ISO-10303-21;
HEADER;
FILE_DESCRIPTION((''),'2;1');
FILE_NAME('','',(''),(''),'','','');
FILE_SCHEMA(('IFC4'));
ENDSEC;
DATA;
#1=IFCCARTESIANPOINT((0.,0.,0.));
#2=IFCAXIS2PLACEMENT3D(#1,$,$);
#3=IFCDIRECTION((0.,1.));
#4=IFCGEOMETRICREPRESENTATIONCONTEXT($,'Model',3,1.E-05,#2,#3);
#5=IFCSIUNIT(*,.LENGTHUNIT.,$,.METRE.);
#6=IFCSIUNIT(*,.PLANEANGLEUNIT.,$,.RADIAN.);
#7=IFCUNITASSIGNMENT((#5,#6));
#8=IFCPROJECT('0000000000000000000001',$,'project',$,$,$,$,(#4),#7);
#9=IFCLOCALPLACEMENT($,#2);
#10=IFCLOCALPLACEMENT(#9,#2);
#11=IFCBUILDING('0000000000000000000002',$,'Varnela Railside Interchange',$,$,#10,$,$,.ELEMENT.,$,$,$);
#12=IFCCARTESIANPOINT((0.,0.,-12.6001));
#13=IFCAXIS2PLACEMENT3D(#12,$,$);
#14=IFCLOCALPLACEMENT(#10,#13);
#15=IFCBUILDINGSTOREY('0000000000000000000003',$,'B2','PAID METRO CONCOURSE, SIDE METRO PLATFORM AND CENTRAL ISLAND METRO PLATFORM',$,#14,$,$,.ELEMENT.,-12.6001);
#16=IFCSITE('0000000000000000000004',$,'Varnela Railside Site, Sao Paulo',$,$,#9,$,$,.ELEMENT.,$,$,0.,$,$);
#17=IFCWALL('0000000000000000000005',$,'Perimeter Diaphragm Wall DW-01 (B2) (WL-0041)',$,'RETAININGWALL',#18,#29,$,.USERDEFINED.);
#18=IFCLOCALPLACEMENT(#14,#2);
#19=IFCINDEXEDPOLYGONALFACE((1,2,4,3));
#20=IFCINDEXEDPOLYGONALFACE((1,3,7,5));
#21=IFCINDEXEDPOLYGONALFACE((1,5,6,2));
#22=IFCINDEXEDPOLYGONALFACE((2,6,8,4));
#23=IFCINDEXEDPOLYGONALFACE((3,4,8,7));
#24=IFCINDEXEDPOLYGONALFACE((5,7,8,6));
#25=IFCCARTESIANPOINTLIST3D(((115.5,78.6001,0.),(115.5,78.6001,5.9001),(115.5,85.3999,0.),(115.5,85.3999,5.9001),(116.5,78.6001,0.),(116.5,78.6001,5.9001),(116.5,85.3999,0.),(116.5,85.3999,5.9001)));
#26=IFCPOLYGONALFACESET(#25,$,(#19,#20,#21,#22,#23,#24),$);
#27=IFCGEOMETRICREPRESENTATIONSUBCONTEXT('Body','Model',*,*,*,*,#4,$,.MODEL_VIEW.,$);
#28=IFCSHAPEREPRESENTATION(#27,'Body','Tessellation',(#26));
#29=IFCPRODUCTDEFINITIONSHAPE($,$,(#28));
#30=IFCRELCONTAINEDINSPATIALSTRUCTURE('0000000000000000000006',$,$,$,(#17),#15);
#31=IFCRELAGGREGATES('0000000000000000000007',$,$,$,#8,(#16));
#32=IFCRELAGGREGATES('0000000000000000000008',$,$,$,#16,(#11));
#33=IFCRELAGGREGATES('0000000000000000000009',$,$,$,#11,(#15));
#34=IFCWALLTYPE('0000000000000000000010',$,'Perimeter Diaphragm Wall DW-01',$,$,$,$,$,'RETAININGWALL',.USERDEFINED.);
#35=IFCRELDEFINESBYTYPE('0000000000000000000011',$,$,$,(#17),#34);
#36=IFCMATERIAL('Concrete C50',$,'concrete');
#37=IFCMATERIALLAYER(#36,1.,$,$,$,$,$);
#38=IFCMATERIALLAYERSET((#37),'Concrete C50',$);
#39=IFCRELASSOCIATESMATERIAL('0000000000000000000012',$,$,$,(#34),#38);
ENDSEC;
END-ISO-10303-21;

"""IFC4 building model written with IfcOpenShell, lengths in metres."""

from ifc_helpers import new_model, si_unit, direction, frame, frame_2d, origin, place, context, subcontext, project, spatial, rectangle, extrude, material, layer, layer_set, type_object, element, save


model = new_model("IFC4")

# Units and contexts
model_context = context("Model", 3, precision=1e-05, world=origin(), true_north=direction((0.0, 1.0)))
body_context = subcontext(model_context, "Body", "Model", "MODEL_VIEW")
ifc_project = project(units=[si_unit("LENGTHUNIT", "METRE"), si_unit("PLANEANGLEUNIT", "RADIAN")], contexts=[model_context])

# Site, building, storey
site_placement = place(None, origin())
site = spatial("IfcSite", under=ifc_project, at=site_placement, Name="Varnela Railside Site, Sao Paulo", CompositionType="ELEMENT", RefElevation=0.0)
building_placement = place(site_placement, origin())
building = spatial("IfcBuilding", under=site, at=building_placement, Name="Varnela Railside Interchange", CompositionType="ELEMENT")
storey_placement = place(building_placement, frame((0.0, 0.0, -12.6001)))
storey = spatial("IfcBuildingStorey", under=building, at=storey_placement, Name="B2", Description="PAID METRO CONCOURSE, SIDE METRO PLATFORM AND CENTRAL ISLAND METRO PLATFORM", CompositionType="ELEMENT", Elevation=-12.6001)

# Shared definitions
ifc_material_1 = material(Name="Concrete C50", Category="concrete")

# Wall
ifc_layer = layer(ifc_material_1, 1.0)
ifc_layer_set = layer_set([ifc_layer], Name="Concrete C50")
wall_type = type_object("IfcWallType", Name="Perimeter Diaphragm Wall DW-01", ElementType="RETAININGWALL", PredefinedType="USERDEFINED", material=ifc_layer_set)
for number, where, z_axis, x_axis, name in (
    (1, (116.0, 85.3999, 0.0), (0.0, 0.0, 1.0), (0.0, -1.0, 0.0), "Perimeter Diaphragm Wall DW-01 (B2) (WL-0041)"),
):
    element("IfcWall", number, at=place(storey_placement, frame(where, z_axis=z_axis, x_axis=x_axis)), inside=storey, type_object=wall_type, Name=name, ObjectType="RETAININGWALL", PredefinedType="USERDEFINED", context=body_context, shape_type="SweptSolid", body=[
        extrude(rectangle(XDim=6.7998, YDim=1.0, at=frame_2d((3.3999, 0.0))), origin(), (0.0, 0.0, 1.0), 5.9001),
    ])

save(model, "model.ifc")
